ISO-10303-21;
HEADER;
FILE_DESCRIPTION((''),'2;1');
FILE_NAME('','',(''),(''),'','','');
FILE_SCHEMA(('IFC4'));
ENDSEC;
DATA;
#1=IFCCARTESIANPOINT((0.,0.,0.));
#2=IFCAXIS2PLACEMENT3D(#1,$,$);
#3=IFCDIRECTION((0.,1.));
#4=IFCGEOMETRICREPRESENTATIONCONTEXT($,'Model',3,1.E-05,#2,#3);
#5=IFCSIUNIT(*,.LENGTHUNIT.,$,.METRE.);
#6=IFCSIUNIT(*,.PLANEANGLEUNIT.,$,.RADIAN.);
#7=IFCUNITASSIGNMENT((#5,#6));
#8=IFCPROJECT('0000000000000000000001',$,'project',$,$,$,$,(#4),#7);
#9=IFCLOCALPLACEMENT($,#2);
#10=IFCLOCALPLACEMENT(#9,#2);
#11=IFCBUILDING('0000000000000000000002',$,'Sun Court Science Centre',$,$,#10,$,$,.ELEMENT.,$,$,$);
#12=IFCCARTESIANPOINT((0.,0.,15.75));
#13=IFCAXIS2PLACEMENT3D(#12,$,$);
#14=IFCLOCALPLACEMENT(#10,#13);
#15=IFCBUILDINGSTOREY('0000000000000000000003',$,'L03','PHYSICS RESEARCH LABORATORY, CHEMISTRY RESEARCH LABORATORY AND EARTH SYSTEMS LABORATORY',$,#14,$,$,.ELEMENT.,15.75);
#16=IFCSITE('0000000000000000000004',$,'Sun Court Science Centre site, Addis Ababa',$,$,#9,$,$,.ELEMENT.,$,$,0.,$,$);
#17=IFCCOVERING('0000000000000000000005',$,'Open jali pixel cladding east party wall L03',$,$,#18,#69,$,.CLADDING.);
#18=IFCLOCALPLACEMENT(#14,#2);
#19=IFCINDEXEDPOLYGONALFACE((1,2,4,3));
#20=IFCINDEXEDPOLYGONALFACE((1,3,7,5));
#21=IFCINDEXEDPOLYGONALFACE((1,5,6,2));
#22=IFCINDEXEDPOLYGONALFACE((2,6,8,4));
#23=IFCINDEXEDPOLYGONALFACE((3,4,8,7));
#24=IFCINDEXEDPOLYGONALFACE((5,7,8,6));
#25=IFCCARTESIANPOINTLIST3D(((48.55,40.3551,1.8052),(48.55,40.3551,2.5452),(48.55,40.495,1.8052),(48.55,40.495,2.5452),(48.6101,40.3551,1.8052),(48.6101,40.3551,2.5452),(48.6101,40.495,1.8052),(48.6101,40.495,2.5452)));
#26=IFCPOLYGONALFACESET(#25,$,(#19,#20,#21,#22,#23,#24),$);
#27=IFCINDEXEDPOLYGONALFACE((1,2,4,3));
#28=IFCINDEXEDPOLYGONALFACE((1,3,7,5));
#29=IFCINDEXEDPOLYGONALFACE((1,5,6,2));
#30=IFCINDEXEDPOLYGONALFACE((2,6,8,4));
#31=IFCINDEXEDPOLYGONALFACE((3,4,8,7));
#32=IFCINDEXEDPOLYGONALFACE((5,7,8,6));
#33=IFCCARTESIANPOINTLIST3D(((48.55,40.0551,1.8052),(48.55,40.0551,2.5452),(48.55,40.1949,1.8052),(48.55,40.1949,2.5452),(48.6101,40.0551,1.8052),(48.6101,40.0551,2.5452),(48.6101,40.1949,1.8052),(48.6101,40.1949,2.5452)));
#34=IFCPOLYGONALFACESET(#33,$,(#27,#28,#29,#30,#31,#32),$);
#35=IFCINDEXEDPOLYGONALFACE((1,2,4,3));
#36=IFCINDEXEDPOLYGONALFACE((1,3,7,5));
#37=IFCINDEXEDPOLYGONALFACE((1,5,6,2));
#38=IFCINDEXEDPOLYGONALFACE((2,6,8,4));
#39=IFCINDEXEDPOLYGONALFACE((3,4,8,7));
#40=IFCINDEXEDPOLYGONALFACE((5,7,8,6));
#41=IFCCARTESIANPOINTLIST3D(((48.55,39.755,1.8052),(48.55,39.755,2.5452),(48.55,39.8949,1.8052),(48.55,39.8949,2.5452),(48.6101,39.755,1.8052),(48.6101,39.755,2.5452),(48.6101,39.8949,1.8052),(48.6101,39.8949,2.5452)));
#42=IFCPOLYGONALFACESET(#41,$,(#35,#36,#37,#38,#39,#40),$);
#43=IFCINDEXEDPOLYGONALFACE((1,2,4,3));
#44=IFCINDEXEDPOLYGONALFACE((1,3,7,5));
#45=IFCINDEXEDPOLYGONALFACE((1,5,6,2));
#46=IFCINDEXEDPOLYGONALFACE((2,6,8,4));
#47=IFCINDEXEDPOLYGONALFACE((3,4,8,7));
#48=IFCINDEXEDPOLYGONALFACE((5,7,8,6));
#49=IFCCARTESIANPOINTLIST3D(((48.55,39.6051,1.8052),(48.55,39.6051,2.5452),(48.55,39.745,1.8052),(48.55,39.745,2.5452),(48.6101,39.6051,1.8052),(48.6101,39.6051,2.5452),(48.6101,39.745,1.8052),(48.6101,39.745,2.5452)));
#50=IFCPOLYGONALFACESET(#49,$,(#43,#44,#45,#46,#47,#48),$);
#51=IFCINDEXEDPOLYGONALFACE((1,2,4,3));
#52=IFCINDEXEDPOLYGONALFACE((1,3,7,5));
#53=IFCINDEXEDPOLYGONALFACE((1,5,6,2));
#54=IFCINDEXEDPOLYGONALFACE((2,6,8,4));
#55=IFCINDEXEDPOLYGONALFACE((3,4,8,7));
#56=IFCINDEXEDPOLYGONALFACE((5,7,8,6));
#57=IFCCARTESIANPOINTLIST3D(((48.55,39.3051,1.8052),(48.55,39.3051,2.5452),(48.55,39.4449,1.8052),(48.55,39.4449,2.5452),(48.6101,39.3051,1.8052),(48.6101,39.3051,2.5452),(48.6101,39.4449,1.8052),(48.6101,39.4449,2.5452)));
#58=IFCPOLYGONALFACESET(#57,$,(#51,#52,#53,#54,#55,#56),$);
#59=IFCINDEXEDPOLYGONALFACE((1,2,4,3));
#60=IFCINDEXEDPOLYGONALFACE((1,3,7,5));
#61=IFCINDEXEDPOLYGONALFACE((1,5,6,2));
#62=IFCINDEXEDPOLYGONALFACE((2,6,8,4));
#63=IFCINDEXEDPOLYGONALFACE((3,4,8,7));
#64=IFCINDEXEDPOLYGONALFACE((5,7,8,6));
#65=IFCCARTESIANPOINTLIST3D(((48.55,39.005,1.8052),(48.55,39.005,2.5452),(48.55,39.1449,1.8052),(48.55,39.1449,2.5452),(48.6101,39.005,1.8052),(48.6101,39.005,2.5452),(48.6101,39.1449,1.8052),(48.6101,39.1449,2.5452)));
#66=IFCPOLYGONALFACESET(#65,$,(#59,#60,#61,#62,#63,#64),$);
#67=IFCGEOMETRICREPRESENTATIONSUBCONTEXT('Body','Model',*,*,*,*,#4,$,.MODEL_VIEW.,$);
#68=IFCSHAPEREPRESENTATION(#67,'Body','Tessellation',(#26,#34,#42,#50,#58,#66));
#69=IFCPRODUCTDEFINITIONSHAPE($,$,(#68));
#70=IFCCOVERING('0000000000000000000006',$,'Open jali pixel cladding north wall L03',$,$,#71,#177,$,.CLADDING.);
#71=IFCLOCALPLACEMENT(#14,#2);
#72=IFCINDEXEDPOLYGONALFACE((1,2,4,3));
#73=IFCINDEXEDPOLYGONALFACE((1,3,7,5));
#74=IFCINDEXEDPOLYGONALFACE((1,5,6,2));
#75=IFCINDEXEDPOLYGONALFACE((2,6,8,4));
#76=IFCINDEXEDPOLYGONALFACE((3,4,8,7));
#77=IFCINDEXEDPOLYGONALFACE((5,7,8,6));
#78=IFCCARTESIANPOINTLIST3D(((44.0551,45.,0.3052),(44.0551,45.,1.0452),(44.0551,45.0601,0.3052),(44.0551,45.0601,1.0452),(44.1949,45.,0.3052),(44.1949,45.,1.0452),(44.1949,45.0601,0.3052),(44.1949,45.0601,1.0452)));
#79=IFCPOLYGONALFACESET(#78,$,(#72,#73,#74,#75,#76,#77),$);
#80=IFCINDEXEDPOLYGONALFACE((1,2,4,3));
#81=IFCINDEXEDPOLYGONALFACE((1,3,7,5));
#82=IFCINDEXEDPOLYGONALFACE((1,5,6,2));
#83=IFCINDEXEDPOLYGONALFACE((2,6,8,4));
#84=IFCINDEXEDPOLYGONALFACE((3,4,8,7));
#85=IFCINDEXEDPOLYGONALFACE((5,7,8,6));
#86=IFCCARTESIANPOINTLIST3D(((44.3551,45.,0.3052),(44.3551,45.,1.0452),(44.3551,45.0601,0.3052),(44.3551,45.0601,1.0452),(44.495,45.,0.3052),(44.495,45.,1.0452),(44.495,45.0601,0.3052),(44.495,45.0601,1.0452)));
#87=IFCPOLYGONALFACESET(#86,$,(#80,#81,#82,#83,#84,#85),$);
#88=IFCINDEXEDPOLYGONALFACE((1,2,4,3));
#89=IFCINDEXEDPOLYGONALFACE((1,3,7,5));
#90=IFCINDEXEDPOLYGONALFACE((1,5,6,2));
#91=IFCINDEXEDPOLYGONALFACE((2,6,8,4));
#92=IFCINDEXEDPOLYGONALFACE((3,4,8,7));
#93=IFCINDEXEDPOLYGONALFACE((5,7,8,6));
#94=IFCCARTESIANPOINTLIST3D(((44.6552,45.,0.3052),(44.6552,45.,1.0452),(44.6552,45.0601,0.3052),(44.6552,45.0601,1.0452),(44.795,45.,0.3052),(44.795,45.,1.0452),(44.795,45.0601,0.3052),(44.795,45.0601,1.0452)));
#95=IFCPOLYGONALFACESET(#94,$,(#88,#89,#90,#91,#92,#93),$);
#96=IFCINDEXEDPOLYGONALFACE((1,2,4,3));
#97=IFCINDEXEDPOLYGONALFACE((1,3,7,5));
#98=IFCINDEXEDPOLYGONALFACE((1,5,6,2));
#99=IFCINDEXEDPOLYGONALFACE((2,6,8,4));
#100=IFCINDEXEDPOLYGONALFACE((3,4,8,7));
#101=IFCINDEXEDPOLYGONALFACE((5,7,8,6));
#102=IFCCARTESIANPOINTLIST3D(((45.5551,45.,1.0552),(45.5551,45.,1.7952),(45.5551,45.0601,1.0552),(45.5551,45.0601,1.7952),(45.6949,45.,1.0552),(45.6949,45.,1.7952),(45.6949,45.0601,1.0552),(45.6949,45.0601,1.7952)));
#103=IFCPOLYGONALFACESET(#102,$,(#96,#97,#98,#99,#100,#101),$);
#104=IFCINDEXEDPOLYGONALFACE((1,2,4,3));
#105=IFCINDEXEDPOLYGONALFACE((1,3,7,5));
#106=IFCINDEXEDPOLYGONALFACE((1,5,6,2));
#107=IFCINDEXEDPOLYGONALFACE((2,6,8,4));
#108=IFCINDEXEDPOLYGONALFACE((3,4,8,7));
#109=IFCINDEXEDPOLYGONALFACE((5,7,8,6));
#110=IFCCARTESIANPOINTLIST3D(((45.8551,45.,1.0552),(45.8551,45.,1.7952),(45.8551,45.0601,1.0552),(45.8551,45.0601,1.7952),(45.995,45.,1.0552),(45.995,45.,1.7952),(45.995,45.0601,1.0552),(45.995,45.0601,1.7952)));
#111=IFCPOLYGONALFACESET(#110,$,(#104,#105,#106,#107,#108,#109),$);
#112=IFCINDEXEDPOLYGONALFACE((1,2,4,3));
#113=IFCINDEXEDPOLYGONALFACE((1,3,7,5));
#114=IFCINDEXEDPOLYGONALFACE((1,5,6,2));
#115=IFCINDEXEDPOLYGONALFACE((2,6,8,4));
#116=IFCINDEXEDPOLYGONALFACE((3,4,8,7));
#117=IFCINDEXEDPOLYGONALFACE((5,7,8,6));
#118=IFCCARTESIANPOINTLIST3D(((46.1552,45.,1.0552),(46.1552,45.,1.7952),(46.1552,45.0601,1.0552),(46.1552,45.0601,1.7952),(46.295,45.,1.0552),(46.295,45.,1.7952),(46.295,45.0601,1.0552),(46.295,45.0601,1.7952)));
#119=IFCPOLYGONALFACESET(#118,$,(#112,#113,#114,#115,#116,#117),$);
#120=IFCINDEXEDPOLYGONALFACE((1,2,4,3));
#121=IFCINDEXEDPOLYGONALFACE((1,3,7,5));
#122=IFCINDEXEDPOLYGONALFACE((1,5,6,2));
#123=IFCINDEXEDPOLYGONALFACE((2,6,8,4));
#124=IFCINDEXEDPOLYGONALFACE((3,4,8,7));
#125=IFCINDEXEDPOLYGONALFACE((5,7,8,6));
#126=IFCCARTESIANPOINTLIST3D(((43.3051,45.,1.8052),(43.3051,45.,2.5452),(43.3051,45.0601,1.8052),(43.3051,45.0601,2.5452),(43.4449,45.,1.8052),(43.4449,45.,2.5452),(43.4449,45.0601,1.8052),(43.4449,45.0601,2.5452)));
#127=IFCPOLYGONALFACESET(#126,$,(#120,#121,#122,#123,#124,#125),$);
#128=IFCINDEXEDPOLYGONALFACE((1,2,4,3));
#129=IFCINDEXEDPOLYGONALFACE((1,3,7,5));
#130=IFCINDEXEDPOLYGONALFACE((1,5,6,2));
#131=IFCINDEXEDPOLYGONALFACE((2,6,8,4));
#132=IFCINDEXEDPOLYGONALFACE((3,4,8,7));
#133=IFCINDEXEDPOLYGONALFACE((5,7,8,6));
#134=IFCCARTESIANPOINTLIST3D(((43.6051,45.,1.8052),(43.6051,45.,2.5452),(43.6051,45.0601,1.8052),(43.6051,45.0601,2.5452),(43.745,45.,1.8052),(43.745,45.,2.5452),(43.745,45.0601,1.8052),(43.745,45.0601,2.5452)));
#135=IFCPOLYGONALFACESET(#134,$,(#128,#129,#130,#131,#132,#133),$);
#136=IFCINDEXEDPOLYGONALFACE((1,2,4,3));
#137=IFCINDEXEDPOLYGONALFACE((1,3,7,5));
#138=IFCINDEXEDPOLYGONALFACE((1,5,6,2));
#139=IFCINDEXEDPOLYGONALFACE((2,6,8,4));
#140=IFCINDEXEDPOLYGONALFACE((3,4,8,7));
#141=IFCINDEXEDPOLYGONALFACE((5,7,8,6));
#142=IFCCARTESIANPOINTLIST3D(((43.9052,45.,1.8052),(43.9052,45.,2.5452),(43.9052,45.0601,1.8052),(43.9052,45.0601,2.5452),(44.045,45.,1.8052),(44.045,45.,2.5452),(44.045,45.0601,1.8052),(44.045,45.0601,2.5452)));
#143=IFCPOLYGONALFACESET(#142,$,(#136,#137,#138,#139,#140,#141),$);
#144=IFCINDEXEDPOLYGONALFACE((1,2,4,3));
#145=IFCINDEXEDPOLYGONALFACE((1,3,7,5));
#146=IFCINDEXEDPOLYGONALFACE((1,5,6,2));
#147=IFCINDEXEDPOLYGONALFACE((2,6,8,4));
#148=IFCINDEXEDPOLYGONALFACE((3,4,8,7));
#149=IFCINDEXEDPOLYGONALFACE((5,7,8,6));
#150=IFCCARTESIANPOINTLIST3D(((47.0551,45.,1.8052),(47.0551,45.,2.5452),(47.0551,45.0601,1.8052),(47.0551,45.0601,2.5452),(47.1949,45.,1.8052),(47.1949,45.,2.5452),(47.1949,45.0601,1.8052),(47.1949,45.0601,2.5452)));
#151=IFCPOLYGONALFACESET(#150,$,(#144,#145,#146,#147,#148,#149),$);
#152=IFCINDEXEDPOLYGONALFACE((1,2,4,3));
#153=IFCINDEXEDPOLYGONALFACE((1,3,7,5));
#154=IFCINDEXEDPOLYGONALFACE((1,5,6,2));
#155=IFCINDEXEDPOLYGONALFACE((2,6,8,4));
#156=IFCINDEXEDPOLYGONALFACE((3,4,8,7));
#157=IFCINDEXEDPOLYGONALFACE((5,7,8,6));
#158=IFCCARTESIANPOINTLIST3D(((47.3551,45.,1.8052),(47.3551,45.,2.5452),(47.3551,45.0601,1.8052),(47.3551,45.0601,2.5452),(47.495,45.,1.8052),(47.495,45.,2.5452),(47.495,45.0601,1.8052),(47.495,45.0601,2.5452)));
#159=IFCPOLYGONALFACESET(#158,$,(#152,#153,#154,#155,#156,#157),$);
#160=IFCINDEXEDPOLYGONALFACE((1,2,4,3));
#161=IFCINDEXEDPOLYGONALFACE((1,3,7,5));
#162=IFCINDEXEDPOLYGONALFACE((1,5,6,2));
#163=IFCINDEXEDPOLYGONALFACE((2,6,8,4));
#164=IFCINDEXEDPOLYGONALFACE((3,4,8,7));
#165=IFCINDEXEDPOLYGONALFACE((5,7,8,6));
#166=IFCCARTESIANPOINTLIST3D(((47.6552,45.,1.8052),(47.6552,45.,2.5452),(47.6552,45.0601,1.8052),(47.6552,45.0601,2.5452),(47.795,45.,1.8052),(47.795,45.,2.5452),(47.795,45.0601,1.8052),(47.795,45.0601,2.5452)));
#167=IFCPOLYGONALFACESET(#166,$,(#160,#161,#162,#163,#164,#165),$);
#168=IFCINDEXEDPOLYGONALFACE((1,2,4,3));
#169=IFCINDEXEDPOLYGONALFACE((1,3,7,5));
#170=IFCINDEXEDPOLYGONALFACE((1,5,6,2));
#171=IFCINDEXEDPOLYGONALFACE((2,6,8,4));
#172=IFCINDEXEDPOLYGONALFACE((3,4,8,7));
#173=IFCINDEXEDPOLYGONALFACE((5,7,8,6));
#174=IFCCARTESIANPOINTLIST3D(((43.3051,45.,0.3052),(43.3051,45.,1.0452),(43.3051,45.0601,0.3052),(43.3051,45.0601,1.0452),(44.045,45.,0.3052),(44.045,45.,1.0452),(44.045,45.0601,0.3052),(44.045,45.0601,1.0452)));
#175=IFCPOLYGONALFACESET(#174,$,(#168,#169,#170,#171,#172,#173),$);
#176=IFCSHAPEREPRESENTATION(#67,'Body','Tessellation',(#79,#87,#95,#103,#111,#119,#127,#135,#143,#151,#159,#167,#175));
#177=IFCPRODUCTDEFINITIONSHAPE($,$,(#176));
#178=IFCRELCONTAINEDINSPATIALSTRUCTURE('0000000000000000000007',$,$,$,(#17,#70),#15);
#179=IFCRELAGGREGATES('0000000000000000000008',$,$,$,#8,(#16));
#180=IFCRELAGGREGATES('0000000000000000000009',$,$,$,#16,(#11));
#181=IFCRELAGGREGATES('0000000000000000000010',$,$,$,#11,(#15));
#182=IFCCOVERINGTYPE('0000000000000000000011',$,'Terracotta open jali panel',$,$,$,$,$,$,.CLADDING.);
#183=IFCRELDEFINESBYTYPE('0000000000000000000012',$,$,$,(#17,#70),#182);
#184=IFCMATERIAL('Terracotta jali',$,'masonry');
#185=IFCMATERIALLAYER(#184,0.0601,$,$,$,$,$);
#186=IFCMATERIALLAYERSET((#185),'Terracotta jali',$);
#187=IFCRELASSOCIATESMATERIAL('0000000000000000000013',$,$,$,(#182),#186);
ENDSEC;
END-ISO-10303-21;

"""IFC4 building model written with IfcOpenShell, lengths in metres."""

from ifc_helpers import new_model, si_unit, direction, frame, origin, origin_2d, place, context, subcontext, project, spatial, rectangle, extrude, material, layer, layer_set, type_object, element, save


model = new_model("IFC4")

# Units and contexts
model_context = context("Model", 3, precision=1e-05, world=origin(), true_north=direction((0.0, 1.0)))
body_context = subcontext(model_context, "Body", "Model", "MODEL_VIEW")
ifc_project = project(units=[si_unit("LENGTHUNIT", "METRE"), si_unit("PLANEANGLEUNIT", "RADIAN")], contexts=[model_context])

# Site, building, storey
site_placement = place(None, origin())
site = spatial("IfcSite", under=ifc_project, at=site_placement, Name="Sun Court Science Centre site, Addis Ababa", CompositionType="ELEMENT", RefElevation=0.0)
building_placement = place(site_placement, origin())
building = spatial("IfcBuilding", under=site, at=building_placement, Name="Sun Court Science Centre", CompositionType="ELEMENT")
storey_placement = place(building_placement, frame((0.0, 0.0, 15.75)))
storey = spatial("IfcBuildingStorey", under=building, at=storey_placement, Name="L03", Description="PHYSICS RESEARCH LABORATORY, CHEMISTRY RESEARCH LABORATORY AND EARTH SYSTEMS LABORATORY", CompositionType="ELEMENT", Elevation=15.75)

# Coverings
ifc_material_1 = material(Name="Terracotta jali", Category="masonry")
ifc_layer_1 = layer(ifc_material_1, 0.0601)
ifc_layer_set_1 = layer_set([ifc_layer_1], Name="Terracotta jali")
covering_type_1 = type_object("IfcCoveringType", Name="Terracotta open jali panel", PredefinedType="CLADDING", material=ifc_layer_set_1)
covering_1_placement = place(storey_placement, frame((0.0, 0.0, -15.75)))
element("IfcCovering", 1, at=covering_1_placement, inside=storey, type_object=covering_type_1, Name="Open jali pixel cladding east party wall L03", PredefinedType="CLADDING", context=body_context, shape_type="SweptSolid", body=[
    extrude(rectangle(XDim=0.1399, YDim=0.0601, at=origin_2d()), frame((48.5801, 40.425, 17.5552), z_axis=(0.0, 0.0, 1.0), x_axis=(0.0, -1.0, 0.0)), (0.0, 0.0, 1.0), 0.74),
    extrude(rectangle(XDim=0.1399, YDim=0.0601, at=origin_2d()), frame((48.5801, 40.125, 17.5552), z_axis=(0.0, 0.0, 1.0), x_axis=(0.0, -1.0, 0.0)), (0.0, 0.0, 1.0), 0.74),
    extrude(rectangle(XDim=0.1399, YDim=0.0601, at=origin_2d()), frame((48.5801, 39.825, 17.5552), z_axis=(0.0, 0.0, 1.0), x_axis=(0.0, -1.0, 0.0)), (0.0, 0.0, 1.0), 0.74),
    extrude(rectangle(XDim=0.1399, YDim=0.0601, at=origin_2d()), frame((48.5801, 39.675, 17.5552), z_axis=(0.0, 0.0, 1.0), x_axis=(0.0, -1.0, 0.0)), (0.0, 0.0, 1.0), 0.74),
    extrude(rectangle(XDim=0.1399, YDim=0.0601, at=origin_2d()), frame((48.5801, 39.375, 17.5552), z_axis=(0.0, 0.0, 1.0), x_axis=(0.0, -1.0, 0.0)), (0.0, 0.0, 1.0), 0.74),
    extrude(rectangle(XDim=0.1399, YDim=0.0601, at=origin_2d()), frame((48.5801, 39.075, 17.5552), z_axis=(0.0, 0.0, 1.0), x_axis=(0.0, -1.0, 0.0)), (0.0, 0.0, 1.0), 0.74),
])
covering_2_placement = place(storey_placement, frame((0.0, 0.0, -15.75)))
element("IfcCovering", 2, at=covering_2_placement, inside=storey, type_object=covering_type_1, Name="Open jali pixel cladding north wall L03", PredefinedType="CLADDING", context=body_context, shape_type="SweptSolid", body=[
    extrude(rectangle(XDim=0.1399, YDim=0.0601, at=origin_2d()), frame((44.125, 45.03, 16.0552), z_axis=(0.0, 0.0, 1.0), x_axis=(1.0, 0.0, 0.0)), (0.0, 0.0, 1.0), 0.74),
    extrude(rectangle(XDim=0.1399, YDim=0.0601, at=origin_2d()), frame((44.425, 45.03, 16.0552), z_axis=(0.0, 0.0, 1.0), x_axis=(1.0, 0.0, 0.0)), (0.0, 0.0, 1.0), 0.74),
    extrude(rectangle(XDim=0.1399, YDim=0.0601, at=origin_2d()), frame((44.7251, 45.03, 16.0552), z_axis=(0.0, 0.0, 1.0), x_axis=(1.0, 0.0, 0.0)), (0.0, 0.0, 1.0), 0.74),
    extrude(rectangle(XDim=0.1399, YDim=0.0601, at=origin_2d()), frame((45.625, 45.03, 16.8052), z_axis=(0.0, 0.0, 1.0), x_axis=(1.0, 0.0, 0.0)), (0.0, 0.0, 1.0), 0.74),
    extrude(rectangle(XDim=0.1399, YDim=0.0601, at=origin_2d()), frame((45.925, 45.03, 16.8052), z_axis=(0.0, 0.0, 1.0), x_axis=(1.0, 0.0, 0.0)), (0.0, 0.0, 1.0), 0.74),
    extrude(rectangle(XDim=0.1399, YDim=0.0601, at=origin_2d()), frame((46.2251, 45.03, 16.8052), z_axis=(0.0, 0.0, 1.0), x_axis=(1.0, 0.0, 0.0)), (0.0, 0.0, 1.0), 0.74),
    extrude(rectangle(XDim=0.1399, YDim=0.0601, at=origin_2d()), frame((43.375, 45.03, 17.5552), z_axis=(0.0, 0.0, 1.0), x_axis=(1.0, 0.0, 0.0)), (0.0, 0.0, 1.0), 0.74),
    extrude(rectangle(XDim=0.1399, YDim=0.0601, at=origin_2d()), frame((43.675, 45.03, 17.5552), z_axis=(0.0, 0.0, 1.0), x_axis=(1.0, 0.0, 0.0)), (0.0, 0.0, 1.0), 0.74),
    extrude(rectangle(XDim=0.1399, YDim=0.0601, at=origin_2d()), frame((43.9751, 45.03, 17.5552), z_axis=(0.0, 0.0, 1.0), x_axis=(1.0, 0.0, 0.0)), (0.0, 0.0, 1.0), 0.74),
    extrude(rectangle(XDim=0.1399, YDim=0.0601, at=origin_2d()), frame((47.125, 45.03, 17.5552), z_axis=(0.0, 0.0, 1.0), x_axis=(1.0, 0.0, 0.0)), (0.0, 0.0, 1.0), 0.74),
    extrude(rectangle(XDim=0.1399, YDim=0.0601, at=origin_2d()), frame((47.425, 45.03, 17.5552), z_axis=(0.0, 0.0, 1.0), x_axis=(1.0, 0.0, 0.0)), (0.0, 0.0, 1.0), 0.74),
    extrude(rectangle(XDim=0.1399, YDim=0.0601, at=origin_2d()), frame((47.7251, 45.03, 17.5552), z_axis=(0.0, 0.0, 1.0), x_axis=(1.0, 0.0, 0.0)), (0.0, 0.0, 1.0), 0.74),
    extrude(rectangle(XDim=0.74, YDim=0.0601, at=origin_2d()), frame((43.675, 45.03, 16.0552), z_axis=(0.0, 0.0, 1.0), x_axis=(1.0, 0.0, 0.0)), (0.0, 0.0, 1.0), 0.74),
])

save(model, "model.ifc")
